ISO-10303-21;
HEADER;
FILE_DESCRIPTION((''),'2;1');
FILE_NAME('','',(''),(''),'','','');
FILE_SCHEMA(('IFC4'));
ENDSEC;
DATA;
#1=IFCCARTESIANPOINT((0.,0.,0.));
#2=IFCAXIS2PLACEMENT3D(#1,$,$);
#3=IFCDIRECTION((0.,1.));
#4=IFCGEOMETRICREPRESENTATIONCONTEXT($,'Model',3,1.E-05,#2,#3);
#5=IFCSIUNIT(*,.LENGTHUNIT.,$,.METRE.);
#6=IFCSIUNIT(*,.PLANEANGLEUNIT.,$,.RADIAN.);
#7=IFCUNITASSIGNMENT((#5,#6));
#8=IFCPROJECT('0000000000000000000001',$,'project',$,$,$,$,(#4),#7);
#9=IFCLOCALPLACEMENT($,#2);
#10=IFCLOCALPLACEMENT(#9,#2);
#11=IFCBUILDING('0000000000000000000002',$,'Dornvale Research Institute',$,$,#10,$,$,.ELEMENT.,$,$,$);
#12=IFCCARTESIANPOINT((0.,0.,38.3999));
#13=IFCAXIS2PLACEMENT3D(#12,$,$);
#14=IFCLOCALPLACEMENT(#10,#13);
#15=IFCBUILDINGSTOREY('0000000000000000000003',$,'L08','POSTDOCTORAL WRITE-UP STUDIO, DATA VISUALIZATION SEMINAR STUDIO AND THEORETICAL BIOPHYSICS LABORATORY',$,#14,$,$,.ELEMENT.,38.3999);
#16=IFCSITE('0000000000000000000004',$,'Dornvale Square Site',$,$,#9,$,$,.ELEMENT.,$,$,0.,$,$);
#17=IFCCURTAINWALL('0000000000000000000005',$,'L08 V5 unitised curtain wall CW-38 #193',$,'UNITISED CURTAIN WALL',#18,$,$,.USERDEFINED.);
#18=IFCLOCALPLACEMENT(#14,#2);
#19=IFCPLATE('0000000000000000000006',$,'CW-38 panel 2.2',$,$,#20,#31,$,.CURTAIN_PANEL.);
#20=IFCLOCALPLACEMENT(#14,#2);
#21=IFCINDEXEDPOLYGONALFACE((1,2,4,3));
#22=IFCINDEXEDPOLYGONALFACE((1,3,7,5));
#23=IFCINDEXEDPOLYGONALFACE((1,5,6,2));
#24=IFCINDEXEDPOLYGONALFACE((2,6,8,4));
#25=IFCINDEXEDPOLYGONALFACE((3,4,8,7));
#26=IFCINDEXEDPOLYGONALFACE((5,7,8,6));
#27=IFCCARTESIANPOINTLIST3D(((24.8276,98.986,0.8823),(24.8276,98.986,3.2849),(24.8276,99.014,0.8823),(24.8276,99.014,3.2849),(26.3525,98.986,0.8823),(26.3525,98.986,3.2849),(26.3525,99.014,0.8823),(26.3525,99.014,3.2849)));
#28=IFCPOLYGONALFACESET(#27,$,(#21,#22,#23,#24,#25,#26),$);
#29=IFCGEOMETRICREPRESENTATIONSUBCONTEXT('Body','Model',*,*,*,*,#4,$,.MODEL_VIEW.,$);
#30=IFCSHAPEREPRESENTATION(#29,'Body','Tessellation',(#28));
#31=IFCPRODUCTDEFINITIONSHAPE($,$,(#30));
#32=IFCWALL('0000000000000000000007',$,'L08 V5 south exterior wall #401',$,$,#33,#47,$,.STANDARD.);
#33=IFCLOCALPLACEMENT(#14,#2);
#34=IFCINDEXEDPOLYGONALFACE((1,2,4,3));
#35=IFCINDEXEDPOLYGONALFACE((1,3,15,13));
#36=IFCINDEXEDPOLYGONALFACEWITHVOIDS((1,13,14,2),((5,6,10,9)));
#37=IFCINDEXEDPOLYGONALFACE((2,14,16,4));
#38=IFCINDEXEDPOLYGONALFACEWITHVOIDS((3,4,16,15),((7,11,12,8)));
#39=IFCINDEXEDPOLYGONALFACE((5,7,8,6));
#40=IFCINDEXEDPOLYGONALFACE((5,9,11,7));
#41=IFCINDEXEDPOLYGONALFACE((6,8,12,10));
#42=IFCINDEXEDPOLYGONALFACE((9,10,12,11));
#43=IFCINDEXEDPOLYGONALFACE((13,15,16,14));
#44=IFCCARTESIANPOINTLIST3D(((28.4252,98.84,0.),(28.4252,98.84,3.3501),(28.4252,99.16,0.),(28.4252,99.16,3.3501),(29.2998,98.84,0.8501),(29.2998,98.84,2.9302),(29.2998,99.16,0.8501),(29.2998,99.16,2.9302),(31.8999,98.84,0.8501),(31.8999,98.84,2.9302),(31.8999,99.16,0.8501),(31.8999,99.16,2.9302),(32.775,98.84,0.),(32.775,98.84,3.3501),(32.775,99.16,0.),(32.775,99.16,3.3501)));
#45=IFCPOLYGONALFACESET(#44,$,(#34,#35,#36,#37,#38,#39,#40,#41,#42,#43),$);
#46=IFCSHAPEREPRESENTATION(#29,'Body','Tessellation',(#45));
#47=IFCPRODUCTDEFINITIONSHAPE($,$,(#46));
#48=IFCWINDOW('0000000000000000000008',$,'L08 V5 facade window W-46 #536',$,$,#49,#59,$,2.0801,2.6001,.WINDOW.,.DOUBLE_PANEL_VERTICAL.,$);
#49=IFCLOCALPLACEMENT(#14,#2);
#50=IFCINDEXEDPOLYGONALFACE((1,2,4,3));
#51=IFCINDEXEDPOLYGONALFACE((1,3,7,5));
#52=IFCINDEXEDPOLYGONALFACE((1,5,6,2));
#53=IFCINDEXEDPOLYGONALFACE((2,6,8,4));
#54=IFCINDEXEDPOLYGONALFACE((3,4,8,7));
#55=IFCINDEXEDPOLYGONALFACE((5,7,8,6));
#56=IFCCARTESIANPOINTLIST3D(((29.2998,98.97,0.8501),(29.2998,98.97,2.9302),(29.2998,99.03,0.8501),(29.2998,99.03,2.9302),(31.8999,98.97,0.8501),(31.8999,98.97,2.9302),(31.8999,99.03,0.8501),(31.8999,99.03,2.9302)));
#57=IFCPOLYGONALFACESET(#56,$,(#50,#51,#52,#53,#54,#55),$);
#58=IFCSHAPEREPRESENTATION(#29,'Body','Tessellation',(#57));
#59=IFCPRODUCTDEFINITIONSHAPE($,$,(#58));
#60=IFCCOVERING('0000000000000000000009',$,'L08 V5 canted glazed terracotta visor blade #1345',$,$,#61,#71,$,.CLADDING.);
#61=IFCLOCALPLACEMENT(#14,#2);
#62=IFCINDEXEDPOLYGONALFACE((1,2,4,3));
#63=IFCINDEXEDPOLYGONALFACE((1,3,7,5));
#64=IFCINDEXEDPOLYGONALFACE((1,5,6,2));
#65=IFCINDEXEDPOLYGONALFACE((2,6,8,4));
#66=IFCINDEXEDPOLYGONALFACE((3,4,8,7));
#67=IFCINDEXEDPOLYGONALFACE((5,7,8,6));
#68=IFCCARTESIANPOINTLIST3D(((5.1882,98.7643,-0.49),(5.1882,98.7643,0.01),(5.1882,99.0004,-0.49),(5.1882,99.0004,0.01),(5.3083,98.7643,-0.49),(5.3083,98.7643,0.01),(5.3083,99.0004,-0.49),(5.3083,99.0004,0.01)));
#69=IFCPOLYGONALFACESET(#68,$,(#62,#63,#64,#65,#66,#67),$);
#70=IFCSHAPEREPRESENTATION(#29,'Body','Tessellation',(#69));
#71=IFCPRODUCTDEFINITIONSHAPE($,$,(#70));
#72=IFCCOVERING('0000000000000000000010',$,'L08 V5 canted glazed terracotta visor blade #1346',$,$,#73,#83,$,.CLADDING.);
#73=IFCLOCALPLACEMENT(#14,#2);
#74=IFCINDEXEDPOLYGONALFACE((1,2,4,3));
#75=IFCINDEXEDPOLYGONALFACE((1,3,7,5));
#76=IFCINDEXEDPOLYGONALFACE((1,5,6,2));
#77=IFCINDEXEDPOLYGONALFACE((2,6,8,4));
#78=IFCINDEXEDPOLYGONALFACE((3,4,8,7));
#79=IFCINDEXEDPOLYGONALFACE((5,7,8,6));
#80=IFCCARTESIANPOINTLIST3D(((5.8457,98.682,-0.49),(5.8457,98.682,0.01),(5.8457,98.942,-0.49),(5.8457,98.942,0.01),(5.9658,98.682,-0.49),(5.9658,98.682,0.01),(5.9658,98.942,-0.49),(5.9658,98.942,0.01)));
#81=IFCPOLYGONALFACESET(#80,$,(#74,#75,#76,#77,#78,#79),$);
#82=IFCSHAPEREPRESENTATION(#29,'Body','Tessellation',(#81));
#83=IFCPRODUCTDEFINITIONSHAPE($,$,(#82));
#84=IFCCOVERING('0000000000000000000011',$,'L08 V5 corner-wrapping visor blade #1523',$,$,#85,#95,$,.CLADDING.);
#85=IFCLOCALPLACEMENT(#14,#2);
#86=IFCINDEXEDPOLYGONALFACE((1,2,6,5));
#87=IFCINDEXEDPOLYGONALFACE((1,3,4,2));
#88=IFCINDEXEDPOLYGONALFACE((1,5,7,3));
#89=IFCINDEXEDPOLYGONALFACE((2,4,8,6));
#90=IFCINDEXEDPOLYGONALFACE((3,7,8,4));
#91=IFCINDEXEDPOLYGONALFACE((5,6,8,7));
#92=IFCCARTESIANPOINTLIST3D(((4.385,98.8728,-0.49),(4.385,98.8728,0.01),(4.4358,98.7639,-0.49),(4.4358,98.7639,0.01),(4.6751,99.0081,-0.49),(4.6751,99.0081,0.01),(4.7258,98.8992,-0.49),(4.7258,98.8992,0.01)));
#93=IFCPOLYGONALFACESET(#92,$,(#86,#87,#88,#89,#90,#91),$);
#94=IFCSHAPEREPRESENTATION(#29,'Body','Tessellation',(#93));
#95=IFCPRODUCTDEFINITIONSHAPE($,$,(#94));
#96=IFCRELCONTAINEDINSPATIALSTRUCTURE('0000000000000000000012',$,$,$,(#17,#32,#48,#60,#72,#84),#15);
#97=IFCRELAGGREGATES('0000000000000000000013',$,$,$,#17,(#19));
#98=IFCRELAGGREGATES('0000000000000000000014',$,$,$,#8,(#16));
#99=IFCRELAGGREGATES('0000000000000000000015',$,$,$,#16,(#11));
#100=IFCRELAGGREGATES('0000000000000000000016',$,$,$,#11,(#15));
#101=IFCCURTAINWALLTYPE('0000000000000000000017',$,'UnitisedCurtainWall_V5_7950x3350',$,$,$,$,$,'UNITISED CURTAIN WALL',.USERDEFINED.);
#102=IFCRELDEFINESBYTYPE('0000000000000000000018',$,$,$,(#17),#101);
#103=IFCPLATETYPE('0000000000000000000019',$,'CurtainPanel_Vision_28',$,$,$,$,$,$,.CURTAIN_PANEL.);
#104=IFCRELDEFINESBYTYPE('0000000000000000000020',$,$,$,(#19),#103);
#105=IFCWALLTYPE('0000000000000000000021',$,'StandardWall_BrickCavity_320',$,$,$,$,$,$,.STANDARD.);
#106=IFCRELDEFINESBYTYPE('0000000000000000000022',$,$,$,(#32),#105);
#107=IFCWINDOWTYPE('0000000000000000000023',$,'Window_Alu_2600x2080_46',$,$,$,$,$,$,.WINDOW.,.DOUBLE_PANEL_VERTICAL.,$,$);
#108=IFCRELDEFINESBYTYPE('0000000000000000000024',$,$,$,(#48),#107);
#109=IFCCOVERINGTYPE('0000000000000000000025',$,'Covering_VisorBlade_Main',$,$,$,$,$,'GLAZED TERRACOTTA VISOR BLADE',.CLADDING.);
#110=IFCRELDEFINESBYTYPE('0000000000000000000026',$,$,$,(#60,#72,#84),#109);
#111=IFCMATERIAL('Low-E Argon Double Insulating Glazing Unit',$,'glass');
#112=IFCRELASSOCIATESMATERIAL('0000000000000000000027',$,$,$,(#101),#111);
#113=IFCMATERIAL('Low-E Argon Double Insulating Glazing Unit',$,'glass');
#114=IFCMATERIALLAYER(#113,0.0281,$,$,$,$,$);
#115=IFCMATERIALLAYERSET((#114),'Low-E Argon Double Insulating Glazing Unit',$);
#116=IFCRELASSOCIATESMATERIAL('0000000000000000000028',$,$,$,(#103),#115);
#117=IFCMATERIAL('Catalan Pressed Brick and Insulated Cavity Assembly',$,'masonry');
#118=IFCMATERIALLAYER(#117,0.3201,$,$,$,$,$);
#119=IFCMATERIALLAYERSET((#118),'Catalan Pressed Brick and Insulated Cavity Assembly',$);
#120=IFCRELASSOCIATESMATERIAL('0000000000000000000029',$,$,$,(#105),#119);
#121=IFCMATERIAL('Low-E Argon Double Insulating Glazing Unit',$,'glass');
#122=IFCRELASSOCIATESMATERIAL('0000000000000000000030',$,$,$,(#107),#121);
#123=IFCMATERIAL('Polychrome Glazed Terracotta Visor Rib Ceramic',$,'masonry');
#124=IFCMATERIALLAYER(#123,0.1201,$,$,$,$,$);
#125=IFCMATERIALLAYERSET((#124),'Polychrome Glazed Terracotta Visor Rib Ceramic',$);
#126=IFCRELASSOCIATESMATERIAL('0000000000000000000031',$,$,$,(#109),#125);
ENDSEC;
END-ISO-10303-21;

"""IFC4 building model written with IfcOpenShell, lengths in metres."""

from ifc_helpers import new_model, si_unit, direction, frame, frame_2d, origin, origin_2d, place, context, subcontext, project, spatial, rectangle, extrude, material, layer, layer_set, type_object, element, fill, aggregate, save


model = new_model("IFC4")

# Units and contexts
model_context = context("Model", 3, precision=1e-05, world=origin(), true_north=direction((0.0, 1.0)))
body_context = subcontext(model_context, "Body", "Model", "MODEL_VIEW")
ifc_project = project(units=[si_unit("LENGTHUNIT", "METRE"), si_unit("PLANEANGLEUNIT", "RADIAN")], contexts=[model_context])

# Site, building, storey
site_placement = place(None, origin())
site = spatial("IfcSite", under=ifc_project, at=site_placement, Name="Dornvale Square Site", CompositionType="ELEMENT", RefElevation=0.0)
building_placement = place(site_placement, origin())
building = spatial("IfcBuilding", under=site, at=building_placement, Name="Dornvale Research Institute", CompositionType="ELEMENT")
storey_placement = place(building_placement, frame((0.0, 0.0, 38.3999)))
storey = spatial("IfcBuildingStorey", under=building, at=storey_placement, Name="L08", Description="POSTDOCTORAL WRITE-UP STUDIO, DATA VISUALIZATION SEMINAR STUDIO AND THEORETICAL BIOPHYSICS LABORATORY", CompositionType="ELEMENT", Elevation=38.3999)

# Curtain wall
ifc_material_1 = material(Name="Low-E Argon Double Insulating Glazing Unit", Category="glass")
curtain_wall_type = type_object("IfcCurtainWallType", Name="UnitisedCurtainWall_V5_7950x3350", ElementType="UNITISED CURTAIN WALL", PredefinedType="USERDEFINED", material=ifc_material_1)
curtain_wall_placement = place(storey_placement, origin())
curtain_wall = element("IfcCurtainWall", 1, at=curtain_wall_placement, inside=storey, type_object=curtain_wall_type, Name="L08 V5 unitised curtain wall CW-38 #193", ObjectType="UNITISED CURTAIN WALL", PredefinedType="USERDEFINED")

# Plate
ifc_material_2 = material(Name="Low-E Argon Double Insulating Glazing Unit", Category="glass")
ifc_layer_1 = layer(ifc_material_2, 0.0281)
ifc_layer_set_1 = layer_set([ifc_layer_1], Name="Low-E Argon Double Insulating Glazing Unit")
plate_type_1 = type_object("IfcPlateType", Name="CurtainPanel_Vision_28", PredefinedType="CURTAIN_PANEL", material=ifc_layer_set_1)
plate_1_placement = place(storey_placement, frame((25.5901, 99.0, 0.8823), z_axis=(0.0, 0.0, 1.0), x_axis=(-1.0, 0.0, 0.0)))
plate_1 = element("IfcPlate", 2, at=plate_1_placement, type_object=plate_type_1, Name="CW-38 panel 2.2", PredefinedType="CURTAIN_PANEL", context=body_context, shape_type="SweptSolid", body=[
    extrude(rectangle(XDim=1.5249, YDim=0.0281, at=origin_2d()), origin(), (0.0, 0.0, 1.0), 2.4026),
])
aggregate(curtain_wall, [plate_1])

# Wall, opening, window
ifc_material_3 = material(Name="Catalan Pressed Brick and Insulated Cavity Assembly", Category="masonry")
ifc_layer_2 = layer(ifc_material_3, 0.3201)
ifc_layer_set_2 = layer_set([ifc_layer_2], Name="Catalan Pressed Brick and Insulated Cavity Assembly")
wall_type = type_object("IfcWallType", Name="StandardWall_BrickCavity_320", PredefinedType="STANDARD", material=ifc_layer_set_2)
wall_placement = place(storey_placement, frame((32.7749, 99.0, 0.0), z_axis=(0.0, 0.0, 1.0), x_axis=(-1.0, 0.0, 0.0)))
wall = element("IfcWall", 3, at=wall_placement, inside=storey, type_object=wall_type, Name="L08 V5 south exterior wall #401", PredefinedType="STANDARD", context=body_context, shape_type="SweptSolid", body=[
    extrude(rectangle(XDim=4.3499, YDim=0.3201, at=frame_2d((2.1748, 0.0))), origin(), (0.0, 0.0, 1.0), 3.3501),
])
opening_placement = place(wall_placement, frame((0.875, 0.0, 0.8501)))
opening = element("IfcOpeningElement", 4, at=opening_placement, cuts=wall, PredefinedType="OPENING", context=body_context, shape_type="SweptSolid", body=[
    extrude(rectangle(XDim=2.6001, YDim=2.0801, at=frame_2d((1.3, 1.04))), frame((0.0, 0.175, 0.0), z_axis=(0.0, -1.0, 0.0), x_axis=(1.0, 0.0, 0.0)), (0.0, 0.0, 1.0), 0.3501),
])
ifc_material_4 = material(Name="Low-E Argon Double Insulating Glazing Unit", Category="glass")
window_type = type_object("IfcWindowType", Name="Window_Alu_2600x2080_46", PartitioningType="DOUBLE_PANEL_VERTICAL", PredefinedType="WINDOW", material=ifc_material_4)
window_placement = place(opening_placement, origin())
window = element("IfcWindow", 5, at=window_placement, inside=storey, type_object=window_type, Name="L08 V5 facade window W-46 #536", OverallHeight=2.0801, OverallWidth=2.6001, PartitioningType="DOUBLE_PANEL_VERTICAL", PredefinedType="WINDOW", context=body_context, shape_type="SweptSolid", body=[
    extrude(rectangle(XDim=2.6001, YDim=2.0801, at=frame_2d((1.3, 1.04))), frame((0.0, 0.03, 0.0), z_axis=(0.0, -1.0, 0.0), x_axis=(1.0, 0.0, 0.0)), (0.0, 0.0, 1.0), 0.0601),
])
fill(opening, window)

# Coverings
ifc_material_5 = material(Name="Polychrome Glazed Terracotta Visor Rib Ceramic", Category="masonry")
ifc_layer_3 = layer(ifc_material_5, 0.1201)
ifc_layer_set_3 = layer_set([ifc_layer_3], Name="Polychrome Glazed Terracotta Visor Rib Ceramic")
covering_type = type_object("IfcCoveringType", Name="Covering_VisorBlade_Main", ElementType="GLAZED TERRACOTTA VISOR BLADE", PredefinedType="CLADDING", material=ifc_layer_set_3)
covering_1_placement = place(storey_placement, frame((5.2483, 98.8823, -0.49), z_axis=(0.0, 0.0, 1.0), x_axis=(0.0, 1.0, 0.0)))
element("IfcCovering", 6, at=covering_1_placement, inside=storey, type_object=covering_type, Name="L08 V5 canted glazed terracotta visor blade #1345", PredefinedType="CLADDING", context=body_context, shape_type="SweptSolid", body=[
    extrude(rectangle(XDim=0.2361, YDim=0.1201, at=origin_2d()), origin(), (0.0, 0.0, 1.0), 0.5),
])
covering_2_placement = place(storey_placement, frame((5.9058, 98.812, -0.49), z_axis=(0.0, 0.0, 1.0), x_axis=(0.0, 1.0, 0.0)))
element("IfcCovering", 7, at=covering_2_placement, inside=storey, type_object=covering_type, Name="L08 V5 canted glazed terracotta visor blade #1346", PredefinedType="CLADDING", context=body_context, shape_type="SweptSolid", body=[
    extrude(rectangle(XDim=0.26, YDim=0.1201, at=origin_2d()), origin(), (0.0, 0.0, 1.0), 0.5),
])
covering_3_placement = place(storey_placement, frame((4.5554, 98.886, -0.49), z_axis=(0.0, 0.0, 1.0), x_axis=(-0.906308, -0.422618, 0.0)))
element("IfcCovering", 8, at=covering_3_placement, inside=storey, type_object=covering_type, Name="L08 V5 corner-wrapping visor blade #1523", PredefinedType="CLADDING", context=body_context, shape_type="SweptSolid", body=[
    extrude(rectangle(XDim=0.3201, YDim=0.1201, at=origin_2d()), origin(), (0.0, 0.0, 1.0), 0.5),
])

save(model, "model.ifc")
